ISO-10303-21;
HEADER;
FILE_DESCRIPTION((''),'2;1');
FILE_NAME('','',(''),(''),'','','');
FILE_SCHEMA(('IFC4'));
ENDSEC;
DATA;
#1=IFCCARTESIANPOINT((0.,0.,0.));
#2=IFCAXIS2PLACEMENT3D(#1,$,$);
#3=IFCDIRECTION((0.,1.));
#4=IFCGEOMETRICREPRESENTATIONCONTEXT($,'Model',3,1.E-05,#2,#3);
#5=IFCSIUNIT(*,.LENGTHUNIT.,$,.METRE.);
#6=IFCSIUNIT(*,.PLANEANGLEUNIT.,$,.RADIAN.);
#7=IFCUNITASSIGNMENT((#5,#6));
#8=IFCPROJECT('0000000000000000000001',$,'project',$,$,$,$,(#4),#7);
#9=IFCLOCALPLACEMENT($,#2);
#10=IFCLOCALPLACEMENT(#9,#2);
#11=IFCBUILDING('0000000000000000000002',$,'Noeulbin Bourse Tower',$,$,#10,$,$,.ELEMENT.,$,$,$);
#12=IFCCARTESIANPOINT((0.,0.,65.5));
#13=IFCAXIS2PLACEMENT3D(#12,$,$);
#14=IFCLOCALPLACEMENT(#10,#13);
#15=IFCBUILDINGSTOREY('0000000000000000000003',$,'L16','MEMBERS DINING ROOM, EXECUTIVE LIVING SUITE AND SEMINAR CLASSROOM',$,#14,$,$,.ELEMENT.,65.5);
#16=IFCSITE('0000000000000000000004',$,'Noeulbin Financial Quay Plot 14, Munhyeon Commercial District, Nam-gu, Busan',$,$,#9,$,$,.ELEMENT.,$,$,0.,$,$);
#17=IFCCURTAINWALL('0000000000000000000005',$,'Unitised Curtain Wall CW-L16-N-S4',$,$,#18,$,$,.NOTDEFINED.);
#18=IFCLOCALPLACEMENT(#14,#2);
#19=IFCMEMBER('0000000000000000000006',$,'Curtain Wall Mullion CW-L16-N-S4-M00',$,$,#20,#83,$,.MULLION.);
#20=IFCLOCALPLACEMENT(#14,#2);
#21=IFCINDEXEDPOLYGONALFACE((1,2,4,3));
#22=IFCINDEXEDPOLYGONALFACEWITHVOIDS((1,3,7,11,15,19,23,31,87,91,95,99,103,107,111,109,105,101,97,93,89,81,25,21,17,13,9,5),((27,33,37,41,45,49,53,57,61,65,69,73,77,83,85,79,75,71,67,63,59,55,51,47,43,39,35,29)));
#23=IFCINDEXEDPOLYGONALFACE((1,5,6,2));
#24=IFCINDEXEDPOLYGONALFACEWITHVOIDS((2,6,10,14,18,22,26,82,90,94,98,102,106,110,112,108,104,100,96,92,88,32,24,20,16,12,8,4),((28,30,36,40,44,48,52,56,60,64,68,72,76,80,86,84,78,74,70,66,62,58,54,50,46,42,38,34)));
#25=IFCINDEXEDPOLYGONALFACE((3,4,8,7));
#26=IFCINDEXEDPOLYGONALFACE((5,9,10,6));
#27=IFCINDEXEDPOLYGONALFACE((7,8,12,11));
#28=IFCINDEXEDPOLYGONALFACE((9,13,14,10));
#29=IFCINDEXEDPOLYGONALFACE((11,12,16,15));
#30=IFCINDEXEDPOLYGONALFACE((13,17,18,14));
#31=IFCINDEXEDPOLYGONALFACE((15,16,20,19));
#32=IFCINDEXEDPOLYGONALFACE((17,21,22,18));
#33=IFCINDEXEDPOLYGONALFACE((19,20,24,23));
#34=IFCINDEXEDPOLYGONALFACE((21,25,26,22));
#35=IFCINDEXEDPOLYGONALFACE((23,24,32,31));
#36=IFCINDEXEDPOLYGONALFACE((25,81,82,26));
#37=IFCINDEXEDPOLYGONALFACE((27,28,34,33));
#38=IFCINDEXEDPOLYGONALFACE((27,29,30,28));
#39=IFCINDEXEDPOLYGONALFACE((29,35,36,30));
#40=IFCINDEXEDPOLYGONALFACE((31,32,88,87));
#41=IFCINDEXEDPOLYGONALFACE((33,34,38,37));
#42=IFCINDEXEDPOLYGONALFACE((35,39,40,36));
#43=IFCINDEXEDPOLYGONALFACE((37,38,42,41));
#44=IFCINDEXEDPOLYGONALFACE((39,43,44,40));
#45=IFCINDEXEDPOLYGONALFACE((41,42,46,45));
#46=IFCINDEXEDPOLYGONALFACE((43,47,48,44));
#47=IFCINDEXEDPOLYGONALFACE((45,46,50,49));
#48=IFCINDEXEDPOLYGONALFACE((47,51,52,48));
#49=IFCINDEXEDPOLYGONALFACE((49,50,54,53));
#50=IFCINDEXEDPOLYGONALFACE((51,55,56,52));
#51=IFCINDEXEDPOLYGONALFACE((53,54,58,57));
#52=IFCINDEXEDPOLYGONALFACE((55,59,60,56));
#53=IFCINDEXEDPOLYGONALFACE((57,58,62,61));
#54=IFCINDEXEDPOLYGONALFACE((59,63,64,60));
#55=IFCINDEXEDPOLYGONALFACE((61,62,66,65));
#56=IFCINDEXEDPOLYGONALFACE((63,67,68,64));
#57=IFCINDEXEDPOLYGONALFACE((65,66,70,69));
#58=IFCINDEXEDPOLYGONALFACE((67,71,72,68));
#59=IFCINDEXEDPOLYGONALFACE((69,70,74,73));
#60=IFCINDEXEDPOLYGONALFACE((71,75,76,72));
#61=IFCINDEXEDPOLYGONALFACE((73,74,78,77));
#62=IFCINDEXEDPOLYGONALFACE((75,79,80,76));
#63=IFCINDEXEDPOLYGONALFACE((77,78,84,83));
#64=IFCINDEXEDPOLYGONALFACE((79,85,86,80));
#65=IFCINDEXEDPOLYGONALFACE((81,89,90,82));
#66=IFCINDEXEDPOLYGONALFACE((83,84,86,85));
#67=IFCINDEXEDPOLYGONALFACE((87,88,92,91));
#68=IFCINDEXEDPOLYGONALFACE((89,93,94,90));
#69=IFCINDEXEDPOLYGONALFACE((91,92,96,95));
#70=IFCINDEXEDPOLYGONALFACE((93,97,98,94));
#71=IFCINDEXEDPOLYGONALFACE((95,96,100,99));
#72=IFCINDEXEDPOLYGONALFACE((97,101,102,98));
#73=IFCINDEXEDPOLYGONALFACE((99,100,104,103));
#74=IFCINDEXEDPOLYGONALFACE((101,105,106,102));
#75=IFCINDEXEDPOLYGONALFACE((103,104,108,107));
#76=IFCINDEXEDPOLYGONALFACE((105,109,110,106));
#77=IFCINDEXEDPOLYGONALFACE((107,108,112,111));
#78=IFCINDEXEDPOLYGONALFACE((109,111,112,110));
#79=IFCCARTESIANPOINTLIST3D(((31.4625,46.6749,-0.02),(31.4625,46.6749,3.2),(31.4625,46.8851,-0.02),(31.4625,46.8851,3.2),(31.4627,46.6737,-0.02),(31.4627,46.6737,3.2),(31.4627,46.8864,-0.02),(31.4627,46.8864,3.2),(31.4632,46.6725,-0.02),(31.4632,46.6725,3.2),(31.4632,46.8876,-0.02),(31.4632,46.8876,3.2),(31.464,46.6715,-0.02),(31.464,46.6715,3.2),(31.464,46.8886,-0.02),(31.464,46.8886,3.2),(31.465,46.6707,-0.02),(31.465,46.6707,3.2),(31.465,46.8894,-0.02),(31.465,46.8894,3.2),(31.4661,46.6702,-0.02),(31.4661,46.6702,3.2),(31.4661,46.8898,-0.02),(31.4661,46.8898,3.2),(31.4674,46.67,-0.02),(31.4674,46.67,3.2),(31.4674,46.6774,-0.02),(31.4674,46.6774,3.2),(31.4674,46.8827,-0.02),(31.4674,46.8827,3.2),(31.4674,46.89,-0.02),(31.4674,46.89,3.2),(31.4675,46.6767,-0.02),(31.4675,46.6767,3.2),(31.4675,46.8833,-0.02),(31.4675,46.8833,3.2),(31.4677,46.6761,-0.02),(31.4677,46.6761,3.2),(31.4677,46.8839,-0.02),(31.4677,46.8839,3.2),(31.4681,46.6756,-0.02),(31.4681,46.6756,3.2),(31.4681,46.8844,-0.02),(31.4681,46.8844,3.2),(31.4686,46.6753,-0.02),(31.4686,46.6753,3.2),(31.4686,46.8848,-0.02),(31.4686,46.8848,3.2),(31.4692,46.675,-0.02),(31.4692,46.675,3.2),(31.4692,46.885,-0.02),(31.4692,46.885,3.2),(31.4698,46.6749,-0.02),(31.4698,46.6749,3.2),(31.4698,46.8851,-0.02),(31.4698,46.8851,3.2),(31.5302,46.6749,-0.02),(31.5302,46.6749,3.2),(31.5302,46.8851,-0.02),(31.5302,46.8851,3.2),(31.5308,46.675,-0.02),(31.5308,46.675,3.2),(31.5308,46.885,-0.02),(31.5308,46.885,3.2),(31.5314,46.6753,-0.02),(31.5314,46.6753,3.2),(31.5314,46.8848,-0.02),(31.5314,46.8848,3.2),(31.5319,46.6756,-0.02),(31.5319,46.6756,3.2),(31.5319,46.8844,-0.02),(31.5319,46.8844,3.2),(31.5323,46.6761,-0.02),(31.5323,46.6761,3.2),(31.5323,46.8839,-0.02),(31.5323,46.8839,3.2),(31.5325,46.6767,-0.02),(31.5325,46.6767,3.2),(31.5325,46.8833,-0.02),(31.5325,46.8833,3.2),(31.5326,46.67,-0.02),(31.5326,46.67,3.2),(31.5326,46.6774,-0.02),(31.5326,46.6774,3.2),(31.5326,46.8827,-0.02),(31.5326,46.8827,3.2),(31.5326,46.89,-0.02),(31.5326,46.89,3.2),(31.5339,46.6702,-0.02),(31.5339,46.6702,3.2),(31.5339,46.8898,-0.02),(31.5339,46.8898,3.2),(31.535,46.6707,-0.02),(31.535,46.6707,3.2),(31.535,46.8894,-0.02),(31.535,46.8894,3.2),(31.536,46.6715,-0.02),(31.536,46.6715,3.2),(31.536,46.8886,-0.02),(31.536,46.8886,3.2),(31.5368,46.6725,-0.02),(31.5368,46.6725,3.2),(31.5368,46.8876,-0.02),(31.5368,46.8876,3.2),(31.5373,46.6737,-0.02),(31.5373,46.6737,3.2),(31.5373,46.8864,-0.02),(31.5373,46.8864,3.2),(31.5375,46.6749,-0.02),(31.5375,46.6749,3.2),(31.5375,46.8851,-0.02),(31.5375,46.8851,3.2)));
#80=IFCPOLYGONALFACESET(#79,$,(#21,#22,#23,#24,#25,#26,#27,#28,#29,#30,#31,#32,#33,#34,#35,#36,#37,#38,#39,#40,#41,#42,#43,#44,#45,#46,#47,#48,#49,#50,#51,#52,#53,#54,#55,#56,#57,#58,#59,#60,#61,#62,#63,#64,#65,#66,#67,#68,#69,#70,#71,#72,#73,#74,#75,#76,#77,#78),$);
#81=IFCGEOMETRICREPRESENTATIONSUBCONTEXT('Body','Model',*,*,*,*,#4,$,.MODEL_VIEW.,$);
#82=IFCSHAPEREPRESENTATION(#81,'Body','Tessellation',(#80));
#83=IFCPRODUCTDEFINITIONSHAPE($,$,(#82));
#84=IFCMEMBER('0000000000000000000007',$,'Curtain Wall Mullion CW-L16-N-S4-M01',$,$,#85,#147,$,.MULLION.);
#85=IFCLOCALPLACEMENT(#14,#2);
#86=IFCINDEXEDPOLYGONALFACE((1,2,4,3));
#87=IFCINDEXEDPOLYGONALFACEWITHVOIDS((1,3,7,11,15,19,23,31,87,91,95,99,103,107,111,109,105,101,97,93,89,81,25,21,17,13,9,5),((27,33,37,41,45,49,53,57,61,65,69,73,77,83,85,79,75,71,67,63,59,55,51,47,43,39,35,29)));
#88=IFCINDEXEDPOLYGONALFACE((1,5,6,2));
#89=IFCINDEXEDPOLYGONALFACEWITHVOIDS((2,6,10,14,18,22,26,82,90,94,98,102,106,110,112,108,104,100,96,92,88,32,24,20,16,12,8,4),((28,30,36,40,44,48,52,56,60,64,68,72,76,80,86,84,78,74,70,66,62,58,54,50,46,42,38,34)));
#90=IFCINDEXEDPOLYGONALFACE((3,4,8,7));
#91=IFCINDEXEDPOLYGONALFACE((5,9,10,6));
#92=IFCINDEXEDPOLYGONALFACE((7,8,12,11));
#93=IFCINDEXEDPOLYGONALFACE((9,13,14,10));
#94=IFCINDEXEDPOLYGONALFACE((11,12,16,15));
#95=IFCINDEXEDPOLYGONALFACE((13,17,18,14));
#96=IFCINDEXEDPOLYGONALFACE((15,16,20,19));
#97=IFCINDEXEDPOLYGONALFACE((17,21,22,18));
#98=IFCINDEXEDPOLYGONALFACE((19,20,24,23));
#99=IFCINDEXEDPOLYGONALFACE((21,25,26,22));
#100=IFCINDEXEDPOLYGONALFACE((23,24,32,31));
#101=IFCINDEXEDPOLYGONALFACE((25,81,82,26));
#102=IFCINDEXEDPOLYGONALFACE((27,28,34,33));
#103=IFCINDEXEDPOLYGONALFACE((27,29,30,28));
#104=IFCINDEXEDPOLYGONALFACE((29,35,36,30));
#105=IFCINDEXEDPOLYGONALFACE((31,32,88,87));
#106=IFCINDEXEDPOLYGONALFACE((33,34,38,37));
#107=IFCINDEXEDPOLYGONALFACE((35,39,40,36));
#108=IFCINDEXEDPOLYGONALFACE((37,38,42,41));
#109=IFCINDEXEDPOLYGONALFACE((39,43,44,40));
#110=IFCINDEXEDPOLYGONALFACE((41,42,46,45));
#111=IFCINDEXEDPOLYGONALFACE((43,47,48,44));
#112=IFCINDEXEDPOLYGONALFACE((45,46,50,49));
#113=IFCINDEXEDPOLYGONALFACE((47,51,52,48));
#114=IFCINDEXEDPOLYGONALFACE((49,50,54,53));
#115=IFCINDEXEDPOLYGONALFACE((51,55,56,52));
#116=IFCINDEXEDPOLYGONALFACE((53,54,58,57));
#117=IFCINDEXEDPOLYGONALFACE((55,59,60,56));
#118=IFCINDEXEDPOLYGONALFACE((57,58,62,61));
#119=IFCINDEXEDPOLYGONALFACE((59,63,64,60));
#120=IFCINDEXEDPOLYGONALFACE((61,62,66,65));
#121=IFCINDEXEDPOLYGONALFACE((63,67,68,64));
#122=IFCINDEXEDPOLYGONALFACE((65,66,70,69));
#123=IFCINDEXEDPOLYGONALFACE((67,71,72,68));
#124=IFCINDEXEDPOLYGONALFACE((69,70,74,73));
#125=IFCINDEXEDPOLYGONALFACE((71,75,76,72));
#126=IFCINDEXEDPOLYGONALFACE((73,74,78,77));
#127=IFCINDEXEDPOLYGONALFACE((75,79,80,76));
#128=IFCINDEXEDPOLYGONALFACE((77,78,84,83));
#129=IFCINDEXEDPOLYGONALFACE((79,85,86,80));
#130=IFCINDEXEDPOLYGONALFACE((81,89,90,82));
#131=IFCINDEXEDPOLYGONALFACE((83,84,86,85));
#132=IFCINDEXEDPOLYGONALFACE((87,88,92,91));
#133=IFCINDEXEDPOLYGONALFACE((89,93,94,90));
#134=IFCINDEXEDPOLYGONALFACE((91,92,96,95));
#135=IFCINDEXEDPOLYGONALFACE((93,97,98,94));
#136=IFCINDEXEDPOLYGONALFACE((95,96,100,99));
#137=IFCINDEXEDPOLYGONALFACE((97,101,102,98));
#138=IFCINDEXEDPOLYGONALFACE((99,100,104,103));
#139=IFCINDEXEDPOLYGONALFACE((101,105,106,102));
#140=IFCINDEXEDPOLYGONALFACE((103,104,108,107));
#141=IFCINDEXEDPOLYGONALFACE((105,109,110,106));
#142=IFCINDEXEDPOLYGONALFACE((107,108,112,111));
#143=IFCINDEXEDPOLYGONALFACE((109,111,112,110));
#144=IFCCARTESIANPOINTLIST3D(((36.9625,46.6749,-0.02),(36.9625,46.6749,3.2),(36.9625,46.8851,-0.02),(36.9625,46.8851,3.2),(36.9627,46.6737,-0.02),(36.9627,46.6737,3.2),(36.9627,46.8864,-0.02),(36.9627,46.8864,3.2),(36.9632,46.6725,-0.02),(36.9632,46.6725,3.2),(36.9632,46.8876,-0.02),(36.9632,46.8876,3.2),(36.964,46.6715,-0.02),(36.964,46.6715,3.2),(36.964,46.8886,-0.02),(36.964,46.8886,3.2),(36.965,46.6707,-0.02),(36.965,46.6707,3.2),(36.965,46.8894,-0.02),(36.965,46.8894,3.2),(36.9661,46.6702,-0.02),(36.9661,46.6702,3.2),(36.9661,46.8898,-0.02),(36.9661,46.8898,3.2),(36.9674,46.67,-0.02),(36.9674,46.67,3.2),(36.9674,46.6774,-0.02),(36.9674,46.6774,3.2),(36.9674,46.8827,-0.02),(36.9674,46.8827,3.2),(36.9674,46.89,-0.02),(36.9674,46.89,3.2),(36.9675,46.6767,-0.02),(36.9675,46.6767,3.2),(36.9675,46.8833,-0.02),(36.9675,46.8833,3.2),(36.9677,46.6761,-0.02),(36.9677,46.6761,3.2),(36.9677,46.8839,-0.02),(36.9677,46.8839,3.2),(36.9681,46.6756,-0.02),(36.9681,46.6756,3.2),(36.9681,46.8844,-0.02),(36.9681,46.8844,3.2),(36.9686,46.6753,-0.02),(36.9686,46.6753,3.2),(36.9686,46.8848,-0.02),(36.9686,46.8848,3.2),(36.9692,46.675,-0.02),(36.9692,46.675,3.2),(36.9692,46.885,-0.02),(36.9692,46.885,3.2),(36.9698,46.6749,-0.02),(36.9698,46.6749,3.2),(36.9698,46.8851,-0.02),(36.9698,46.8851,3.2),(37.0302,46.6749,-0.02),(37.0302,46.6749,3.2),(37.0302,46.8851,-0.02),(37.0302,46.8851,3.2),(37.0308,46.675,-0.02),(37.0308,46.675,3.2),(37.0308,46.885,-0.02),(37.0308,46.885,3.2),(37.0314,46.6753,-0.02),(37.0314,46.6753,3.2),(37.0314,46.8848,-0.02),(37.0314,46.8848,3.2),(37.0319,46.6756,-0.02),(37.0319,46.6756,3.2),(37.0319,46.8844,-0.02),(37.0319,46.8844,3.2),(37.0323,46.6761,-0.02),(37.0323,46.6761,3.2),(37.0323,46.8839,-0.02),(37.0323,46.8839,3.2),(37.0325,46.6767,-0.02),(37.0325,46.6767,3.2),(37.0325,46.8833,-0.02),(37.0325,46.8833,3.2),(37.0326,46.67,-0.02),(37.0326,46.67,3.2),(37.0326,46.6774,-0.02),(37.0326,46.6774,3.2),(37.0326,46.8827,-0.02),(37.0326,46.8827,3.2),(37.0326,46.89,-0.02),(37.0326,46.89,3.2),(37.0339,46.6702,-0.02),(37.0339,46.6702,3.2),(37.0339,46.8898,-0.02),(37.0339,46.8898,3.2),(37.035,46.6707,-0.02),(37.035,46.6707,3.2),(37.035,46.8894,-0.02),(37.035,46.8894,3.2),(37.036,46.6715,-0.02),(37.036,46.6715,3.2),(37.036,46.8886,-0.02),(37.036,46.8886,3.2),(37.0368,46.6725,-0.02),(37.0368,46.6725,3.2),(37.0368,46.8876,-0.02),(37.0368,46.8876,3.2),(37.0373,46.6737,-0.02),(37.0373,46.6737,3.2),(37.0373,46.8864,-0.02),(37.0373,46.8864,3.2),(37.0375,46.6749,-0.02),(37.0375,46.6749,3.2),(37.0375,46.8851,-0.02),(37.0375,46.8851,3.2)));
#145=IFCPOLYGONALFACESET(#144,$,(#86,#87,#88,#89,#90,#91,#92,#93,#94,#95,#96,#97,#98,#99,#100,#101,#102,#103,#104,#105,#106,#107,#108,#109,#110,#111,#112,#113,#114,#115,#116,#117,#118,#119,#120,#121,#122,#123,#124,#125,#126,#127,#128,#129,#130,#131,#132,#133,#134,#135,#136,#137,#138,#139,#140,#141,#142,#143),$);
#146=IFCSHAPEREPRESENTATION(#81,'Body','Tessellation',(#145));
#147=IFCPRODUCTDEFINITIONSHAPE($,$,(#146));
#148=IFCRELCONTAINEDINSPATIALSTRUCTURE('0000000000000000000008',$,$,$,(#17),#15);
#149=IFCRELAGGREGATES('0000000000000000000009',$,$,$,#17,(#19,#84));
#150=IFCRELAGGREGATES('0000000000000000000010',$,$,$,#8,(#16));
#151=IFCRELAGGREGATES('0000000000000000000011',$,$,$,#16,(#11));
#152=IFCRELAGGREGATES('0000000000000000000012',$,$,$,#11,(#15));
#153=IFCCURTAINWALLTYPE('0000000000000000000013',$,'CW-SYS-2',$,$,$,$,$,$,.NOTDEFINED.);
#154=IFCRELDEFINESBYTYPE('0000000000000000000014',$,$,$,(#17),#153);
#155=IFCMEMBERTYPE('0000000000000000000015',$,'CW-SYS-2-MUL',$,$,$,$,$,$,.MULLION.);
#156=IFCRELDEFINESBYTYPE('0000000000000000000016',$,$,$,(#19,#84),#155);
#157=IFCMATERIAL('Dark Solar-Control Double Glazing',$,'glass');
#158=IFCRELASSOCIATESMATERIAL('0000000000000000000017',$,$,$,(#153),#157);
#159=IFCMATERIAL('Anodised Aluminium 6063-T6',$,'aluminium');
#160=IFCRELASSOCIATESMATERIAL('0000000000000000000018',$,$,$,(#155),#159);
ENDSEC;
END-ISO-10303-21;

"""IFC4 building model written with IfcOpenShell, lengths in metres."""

from ifc_helpers import new_model, si_unit, direction, frame, origin, origin_2d, place, context, subcontext, project, spatial, hollow_rectangle, extrude, material, material_profile, profile_set, type_object, element, aggregate, save


model = new_model("IFC4")

# Units and contexts
model_context = context("Model", 3, precision=1e-05, world=origin(), true_north=direction((0.0, 1.0)))
body_context = subcontext(model_context, "Body", "Model", "MODEL_VIEW")
ifc_project = project(units=[si_unit("LENGTHUNIT", "METRE"), si_unit("PLANEANGLEUNIT", "RADIAN")], contexts=[model_context])

# Site, building, storey
site_placement = place(None, origin())
site = spatial("IfcSite", under=ifc_project, at=site_placement, Name="Noeulbin Financial Quay Plot 14, Munhyeon Commercial District, Nam-gu, Busan", CompositionType="ELEMENT", RefElevation=0.0)
building_placement = place(site_placement, origin())
building = spatial("IfcBuilding", under=site, at=building_placement, Name="Noeulbin Bourse Tower", CompositionType="ELEMENT")
storey_placement = place(building_placement, frame((0.0, 0.0, 65.5)))
storey = spatial("IfcBuildingStorey", under=building, at=storey_placement, Name="L16", Description="MEMBERS DINING ROOM, EXECUTIVE LIVING SUITE AND SEMINAR CLASSROOM", CompositionType="ELEMENT", Elevation=65.5)

# Shared definitions
ifc_material_1 = material(Name="Dark Solar-Control Double Glazing", Category="glass")
curtain_wall_type = type_object("IfcCurtainWallType", Name="CW-SYS-2", PredefinedType="NOTDEFINED", material=ifc_material_1)
ifc_material_2 = material(Name="Anodised Aluminium 6063-T6", Category="aluminium")
ifc_material_profile_1 = material_profile(ifc_material_2, hollow_rectangle(XDim=0.075, YDim=0.22, WallThickness=0.0049, InnerFilletRadius=0.0024, OuterFilletRadius=0.0049, at=origin_2d()), Name="ALU-MULL-75x220x5", Category="LoadBearing")
ifc_profile_set_1 = profile_set([ifc_material_profile_1], Name="Anodised Aluminium 6063-T6")
member_type_1 = type_object("IfcMemberType", Name="CW-SYS-2-MUL", PredefinedType="MULLION", material=ifc_profile_set_1)

# Curtain wall, members
curtain_wall_1_placement = place(storey_placement, origin())
curtain_wall_1 = element("IfcCurtainWall", 1, at=curtain_wall_1_placement, inside=storey, type_object=curtain_wall_type, Name="Unitised Curtain Wall CW-L16-N-S4", PredefinedType="NOTDEFINED")
member_1_placement = place(storey_placement, frame((31.5, 46.78, -0.02), z_axis=(0.0, 0.0, 1.0), x_axis=(1.0, 0.0, 0.0)))
member_1 = element("IfcMember", 2, at=member_1_placement, type_object=member_type_1, Name="Curtain Wall Mullion CW-L16-N-S4-M00", PredefinedType="MULLION", context=body_context, shape_type="SweptSolid", body=[
    extrude(hollow_rectangle(XDim=0.075, YDim=0.22, WallThickness=0.0049, InnerFilletRadius=0.0024, OuterFilletRadius=0.0049, at=origin_2d()), origin(), (0.0, 0.0, 1.0), 3.22),
])
member_2_placement = place(storey_placement, frame((37.0, 46.78, -0.02), z_axis=(0.0, 0.0, 1.0), x_axis=(1.0, 0.0, 0.0)))
member_2 = element("IfcMember", 3, at=member_2_placement, type_object=member_type_1, Name="Curtain Wall Mullion CW-L16-N-S4-M01", PredefinedType="MULLION", context=body_context, shape_type="SweptSolid", body=[
    extrude(hollow_rectangle(XDim=0.075, YDim=0.22, WallThickness=0.0049, InnerFilletRadius=0.0024, OuterFilletRadius=0.0049, at=origin_2d()), origin(), (0.0, 0.0, 1.0), 3.22),
])

aggregate(curtain_wall_1, [member_1, member_2])

save(model, "model.ifc")
